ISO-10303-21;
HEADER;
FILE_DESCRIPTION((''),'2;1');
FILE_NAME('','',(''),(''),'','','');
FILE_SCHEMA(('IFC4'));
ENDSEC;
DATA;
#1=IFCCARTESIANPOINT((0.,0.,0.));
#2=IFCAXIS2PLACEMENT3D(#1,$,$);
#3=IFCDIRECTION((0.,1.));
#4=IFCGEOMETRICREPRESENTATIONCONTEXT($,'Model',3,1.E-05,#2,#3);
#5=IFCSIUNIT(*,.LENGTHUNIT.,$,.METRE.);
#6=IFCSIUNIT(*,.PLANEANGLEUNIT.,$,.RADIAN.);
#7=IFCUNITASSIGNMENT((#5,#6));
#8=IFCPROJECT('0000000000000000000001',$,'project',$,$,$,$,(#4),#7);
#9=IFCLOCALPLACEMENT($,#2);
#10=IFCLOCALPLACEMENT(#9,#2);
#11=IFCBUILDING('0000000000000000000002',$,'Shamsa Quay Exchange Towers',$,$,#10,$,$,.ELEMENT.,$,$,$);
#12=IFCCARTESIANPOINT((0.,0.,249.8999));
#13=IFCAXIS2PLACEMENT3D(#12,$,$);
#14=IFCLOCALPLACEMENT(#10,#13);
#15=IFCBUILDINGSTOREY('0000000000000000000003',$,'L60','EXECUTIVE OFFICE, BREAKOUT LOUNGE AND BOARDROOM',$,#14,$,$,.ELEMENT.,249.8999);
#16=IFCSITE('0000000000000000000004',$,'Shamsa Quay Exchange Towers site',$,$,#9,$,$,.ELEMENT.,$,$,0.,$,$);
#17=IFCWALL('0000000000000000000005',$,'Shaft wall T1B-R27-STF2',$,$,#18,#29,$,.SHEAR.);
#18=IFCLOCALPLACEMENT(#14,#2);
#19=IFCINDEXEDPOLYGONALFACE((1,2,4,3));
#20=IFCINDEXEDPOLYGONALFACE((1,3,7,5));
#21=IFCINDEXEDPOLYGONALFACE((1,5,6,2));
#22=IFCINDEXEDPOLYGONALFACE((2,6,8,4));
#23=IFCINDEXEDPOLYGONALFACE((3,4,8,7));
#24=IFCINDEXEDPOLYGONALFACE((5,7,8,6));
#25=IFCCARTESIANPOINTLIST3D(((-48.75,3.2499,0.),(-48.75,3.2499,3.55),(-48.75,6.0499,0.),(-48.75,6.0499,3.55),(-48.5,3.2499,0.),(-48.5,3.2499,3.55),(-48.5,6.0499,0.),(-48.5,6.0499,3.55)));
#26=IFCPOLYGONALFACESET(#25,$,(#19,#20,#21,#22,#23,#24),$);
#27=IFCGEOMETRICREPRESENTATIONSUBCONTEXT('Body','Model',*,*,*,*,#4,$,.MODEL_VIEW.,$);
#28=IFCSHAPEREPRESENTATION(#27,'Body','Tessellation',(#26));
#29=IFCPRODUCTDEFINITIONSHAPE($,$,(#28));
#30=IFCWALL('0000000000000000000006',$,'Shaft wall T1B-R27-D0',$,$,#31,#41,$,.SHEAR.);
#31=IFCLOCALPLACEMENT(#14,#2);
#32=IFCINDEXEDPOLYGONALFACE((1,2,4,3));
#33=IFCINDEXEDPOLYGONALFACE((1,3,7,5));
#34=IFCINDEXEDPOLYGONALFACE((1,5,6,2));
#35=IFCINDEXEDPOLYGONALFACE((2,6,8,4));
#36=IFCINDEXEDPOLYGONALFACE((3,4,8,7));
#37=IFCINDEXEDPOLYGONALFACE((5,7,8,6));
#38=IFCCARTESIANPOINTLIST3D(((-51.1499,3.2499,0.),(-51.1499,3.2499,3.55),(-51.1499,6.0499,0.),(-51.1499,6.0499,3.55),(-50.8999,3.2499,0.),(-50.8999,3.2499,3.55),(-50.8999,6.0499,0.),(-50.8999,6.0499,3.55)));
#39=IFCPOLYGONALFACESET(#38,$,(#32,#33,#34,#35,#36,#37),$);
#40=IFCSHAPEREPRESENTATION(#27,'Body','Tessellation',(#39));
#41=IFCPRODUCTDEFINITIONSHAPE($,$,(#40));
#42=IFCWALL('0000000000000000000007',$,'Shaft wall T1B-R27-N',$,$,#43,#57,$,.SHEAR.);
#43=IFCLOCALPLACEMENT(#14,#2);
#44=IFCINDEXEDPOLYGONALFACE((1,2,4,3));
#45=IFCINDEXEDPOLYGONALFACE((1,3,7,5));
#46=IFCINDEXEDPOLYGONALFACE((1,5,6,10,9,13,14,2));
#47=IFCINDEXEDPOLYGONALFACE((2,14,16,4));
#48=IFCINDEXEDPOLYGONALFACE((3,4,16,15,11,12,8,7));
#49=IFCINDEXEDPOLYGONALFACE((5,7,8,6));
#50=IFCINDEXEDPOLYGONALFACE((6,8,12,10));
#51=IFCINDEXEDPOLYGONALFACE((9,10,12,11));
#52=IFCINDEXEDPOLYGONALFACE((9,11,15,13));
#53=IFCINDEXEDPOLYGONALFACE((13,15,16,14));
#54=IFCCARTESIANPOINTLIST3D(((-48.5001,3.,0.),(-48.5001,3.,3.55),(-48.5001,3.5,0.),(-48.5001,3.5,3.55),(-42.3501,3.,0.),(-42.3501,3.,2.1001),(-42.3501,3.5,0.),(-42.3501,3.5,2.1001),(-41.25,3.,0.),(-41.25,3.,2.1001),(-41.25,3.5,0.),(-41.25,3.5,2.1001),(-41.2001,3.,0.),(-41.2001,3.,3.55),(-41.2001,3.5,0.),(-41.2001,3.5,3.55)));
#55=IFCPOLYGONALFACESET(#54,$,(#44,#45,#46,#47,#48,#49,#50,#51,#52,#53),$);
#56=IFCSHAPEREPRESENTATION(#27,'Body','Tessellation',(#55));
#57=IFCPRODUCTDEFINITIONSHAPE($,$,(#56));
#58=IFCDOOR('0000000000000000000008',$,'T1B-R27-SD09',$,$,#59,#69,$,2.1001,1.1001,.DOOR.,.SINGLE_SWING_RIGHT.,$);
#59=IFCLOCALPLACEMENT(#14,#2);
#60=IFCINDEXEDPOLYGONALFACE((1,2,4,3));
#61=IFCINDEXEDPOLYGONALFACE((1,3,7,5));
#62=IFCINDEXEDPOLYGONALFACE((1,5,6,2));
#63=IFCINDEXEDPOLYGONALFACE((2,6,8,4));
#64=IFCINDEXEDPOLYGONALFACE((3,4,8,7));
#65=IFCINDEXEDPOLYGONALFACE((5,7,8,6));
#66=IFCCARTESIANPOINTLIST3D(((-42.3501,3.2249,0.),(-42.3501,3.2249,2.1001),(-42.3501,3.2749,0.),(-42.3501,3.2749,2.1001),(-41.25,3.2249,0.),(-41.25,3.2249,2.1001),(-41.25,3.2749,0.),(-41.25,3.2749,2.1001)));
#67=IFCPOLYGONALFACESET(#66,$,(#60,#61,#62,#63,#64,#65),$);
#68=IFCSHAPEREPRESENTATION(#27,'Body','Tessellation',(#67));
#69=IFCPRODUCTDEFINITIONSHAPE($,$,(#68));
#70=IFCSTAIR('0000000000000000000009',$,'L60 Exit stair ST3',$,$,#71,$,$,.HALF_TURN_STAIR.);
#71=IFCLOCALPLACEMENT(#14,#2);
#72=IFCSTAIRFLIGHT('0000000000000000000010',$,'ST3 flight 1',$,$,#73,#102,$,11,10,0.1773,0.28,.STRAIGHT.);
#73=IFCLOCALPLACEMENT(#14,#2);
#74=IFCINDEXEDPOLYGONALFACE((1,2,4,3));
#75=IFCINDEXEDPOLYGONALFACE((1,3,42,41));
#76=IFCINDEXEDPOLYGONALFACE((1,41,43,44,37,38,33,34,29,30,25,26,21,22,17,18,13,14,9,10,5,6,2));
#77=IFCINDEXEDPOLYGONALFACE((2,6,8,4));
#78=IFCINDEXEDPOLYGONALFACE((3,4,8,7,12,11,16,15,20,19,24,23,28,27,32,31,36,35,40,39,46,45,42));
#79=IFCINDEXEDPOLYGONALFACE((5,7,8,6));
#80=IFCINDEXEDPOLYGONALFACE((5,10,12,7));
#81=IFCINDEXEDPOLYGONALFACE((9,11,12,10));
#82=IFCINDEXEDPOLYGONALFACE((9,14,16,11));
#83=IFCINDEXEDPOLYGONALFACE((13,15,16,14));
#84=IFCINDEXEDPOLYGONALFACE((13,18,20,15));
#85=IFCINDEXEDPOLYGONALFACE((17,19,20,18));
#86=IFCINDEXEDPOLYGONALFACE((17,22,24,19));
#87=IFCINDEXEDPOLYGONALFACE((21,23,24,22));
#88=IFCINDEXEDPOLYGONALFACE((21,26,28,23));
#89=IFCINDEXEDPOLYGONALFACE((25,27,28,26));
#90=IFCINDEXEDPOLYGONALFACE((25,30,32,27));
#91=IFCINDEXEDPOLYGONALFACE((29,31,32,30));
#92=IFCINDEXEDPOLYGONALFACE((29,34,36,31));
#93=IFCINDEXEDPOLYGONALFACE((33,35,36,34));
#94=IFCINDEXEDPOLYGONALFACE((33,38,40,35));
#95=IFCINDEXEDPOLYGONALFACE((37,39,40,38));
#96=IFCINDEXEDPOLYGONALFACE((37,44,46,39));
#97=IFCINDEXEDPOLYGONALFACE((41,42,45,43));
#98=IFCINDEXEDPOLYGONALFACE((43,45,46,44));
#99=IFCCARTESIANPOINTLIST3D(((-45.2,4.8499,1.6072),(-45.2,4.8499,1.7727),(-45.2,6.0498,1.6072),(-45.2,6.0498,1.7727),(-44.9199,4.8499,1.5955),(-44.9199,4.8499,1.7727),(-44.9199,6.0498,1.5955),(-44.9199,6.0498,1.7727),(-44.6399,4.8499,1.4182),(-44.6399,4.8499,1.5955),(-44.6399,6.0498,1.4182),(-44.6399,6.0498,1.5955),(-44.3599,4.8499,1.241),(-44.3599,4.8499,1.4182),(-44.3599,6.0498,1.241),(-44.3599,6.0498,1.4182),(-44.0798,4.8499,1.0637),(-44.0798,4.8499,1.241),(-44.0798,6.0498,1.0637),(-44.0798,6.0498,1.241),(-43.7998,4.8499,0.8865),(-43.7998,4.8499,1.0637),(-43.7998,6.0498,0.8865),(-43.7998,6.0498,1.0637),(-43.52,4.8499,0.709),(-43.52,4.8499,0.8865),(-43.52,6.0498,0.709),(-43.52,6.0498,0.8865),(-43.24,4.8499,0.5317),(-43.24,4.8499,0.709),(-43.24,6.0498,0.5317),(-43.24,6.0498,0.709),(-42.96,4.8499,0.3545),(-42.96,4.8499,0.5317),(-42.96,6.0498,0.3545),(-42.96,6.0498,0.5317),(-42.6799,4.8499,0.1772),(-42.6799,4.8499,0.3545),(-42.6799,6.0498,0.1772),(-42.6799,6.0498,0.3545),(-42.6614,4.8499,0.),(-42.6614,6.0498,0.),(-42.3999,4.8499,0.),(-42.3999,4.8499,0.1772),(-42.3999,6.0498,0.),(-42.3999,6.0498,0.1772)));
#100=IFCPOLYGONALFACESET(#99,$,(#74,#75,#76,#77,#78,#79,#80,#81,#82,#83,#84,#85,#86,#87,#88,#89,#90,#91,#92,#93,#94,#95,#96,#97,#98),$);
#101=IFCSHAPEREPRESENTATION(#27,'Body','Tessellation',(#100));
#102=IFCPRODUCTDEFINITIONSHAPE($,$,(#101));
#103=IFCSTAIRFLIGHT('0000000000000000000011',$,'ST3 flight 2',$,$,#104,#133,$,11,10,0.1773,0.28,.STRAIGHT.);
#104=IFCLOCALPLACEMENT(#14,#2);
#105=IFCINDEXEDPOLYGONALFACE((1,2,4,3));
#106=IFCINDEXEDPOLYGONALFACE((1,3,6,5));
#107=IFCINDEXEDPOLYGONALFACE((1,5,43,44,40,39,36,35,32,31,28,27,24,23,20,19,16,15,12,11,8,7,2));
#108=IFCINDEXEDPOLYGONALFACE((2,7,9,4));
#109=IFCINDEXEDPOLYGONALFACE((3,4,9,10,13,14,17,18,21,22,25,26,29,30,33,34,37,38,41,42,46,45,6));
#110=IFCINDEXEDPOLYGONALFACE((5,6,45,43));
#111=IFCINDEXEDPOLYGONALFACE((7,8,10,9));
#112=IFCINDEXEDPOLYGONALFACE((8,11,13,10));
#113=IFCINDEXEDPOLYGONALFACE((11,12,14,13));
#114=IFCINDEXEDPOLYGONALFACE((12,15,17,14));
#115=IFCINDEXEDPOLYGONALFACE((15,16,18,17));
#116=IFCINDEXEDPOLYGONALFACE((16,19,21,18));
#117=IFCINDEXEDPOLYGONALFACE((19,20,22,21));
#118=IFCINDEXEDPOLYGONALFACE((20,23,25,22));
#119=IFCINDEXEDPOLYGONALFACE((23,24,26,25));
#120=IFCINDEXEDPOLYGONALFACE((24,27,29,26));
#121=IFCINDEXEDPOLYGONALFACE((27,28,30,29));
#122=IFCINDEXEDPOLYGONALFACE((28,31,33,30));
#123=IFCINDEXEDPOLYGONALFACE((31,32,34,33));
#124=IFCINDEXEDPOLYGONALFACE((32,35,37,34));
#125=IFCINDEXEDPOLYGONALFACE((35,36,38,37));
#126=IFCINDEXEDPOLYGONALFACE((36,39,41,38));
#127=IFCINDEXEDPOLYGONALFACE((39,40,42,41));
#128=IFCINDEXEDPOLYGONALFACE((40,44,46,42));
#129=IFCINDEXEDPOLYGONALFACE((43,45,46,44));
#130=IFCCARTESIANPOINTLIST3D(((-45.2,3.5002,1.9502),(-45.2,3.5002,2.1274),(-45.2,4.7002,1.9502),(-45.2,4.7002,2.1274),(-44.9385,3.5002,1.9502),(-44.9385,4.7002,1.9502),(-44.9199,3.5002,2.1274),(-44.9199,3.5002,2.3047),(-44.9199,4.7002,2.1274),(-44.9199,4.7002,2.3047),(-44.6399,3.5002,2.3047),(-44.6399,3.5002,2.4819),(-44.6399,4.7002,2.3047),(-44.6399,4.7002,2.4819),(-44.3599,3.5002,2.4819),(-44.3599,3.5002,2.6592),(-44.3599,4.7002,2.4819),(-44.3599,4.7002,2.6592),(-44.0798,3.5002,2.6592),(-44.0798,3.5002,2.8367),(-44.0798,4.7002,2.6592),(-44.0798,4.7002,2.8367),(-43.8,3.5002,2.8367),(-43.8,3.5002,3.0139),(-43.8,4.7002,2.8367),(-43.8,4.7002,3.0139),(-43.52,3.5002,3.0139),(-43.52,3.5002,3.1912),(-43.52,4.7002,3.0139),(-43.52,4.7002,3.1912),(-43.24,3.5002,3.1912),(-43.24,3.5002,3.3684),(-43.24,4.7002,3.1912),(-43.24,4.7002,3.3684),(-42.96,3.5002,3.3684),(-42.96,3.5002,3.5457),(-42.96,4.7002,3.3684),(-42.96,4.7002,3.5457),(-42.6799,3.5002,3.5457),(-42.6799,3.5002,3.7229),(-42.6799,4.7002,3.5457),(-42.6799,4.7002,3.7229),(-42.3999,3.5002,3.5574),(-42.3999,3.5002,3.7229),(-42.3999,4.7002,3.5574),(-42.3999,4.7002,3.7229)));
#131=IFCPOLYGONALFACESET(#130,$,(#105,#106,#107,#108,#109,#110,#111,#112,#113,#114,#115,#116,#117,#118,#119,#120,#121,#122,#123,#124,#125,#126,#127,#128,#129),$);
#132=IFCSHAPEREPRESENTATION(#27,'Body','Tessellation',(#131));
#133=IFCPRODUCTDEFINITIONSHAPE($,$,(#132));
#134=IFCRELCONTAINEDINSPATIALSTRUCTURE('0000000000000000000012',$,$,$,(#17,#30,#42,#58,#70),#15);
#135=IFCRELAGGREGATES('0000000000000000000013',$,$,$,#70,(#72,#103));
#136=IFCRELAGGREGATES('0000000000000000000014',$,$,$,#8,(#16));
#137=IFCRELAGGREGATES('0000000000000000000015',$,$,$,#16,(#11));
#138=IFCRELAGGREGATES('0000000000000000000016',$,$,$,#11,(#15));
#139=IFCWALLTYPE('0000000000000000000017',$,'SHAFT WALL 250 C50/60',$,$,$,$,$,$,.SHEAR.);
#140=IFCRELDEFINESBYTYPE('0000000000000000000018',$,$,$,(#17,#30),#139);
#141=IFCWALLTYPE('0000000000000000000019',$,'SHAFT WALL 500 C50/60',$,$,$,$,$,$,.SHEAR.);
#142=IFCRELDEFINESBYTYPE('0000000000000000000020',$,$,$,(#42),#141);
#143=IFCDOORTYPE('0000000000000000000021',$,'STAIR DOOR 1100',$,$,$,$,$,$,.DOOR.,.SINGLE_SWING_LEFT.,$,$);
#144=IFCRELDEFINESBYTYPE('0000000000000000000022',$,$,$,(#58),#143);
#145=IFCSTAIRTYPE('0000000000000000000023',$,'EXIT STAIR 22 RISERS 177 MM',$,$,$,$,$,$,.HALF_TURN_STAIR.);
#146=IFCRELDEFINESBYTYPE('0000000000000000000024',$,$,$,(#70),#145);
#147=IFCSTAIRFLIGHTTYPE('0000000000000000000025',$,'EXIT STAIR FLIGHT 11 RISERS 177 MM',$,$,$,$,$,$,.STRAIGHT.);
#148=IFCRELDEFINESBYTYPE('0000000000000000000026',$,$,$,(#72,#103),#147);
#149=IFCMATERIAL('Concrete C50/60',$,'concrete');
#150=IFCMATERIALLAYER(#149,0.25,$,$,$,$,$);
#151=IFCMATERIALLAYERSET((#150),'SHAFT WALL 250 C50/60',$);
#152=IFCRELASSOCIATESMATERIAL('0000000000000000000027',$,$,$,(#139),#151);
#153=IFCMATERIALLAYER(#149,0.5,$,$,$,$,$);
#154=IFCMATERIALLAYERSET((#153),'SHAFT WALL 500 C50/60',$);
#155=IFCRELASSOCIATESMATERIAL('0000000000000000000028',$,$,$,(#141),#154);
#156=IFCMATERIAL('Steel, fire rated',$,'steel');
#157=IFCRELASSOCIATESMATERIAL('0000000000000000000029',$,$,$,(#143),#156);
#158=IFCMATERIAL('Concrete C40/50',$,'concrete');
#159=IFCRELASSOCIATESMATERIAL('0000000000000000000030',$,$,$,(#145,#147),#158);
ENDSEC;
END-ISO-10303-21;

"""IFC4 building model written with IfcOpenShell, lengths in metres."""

from ifc_helpers import new_model, si_unit, direction, frame, frame_2d, origin, place, context, subcontext, project, spatial, polyline, rectangle, outline, extrude, material, layer, layer_set, type_object, element, fill, aggregate, save


model = new_model("IFC4")

# Units and contexts
model_context = context("Model", 3, precision=1e-05, world=origin(), true_north=direction((0.0, 1.0)))
body_context = subcontext(model_context, "Body", "Model", "MODEL_VIEW")
ifc_project = project(units=[si_unit("LENGTHUNIT", "METRE"), si_unit("PLANEANGLEUNIT", "RADIAN")], contexts=[model_context])

# Site, building, storey
site_placement = place(None, origin())
site = spatial("IfcSite", under=ifc_project, at=site_placement, Name="Shamsa Quay Exchange Towers site", CompositionType="ELEMENT", RefElevation=0.0)
building_placement = place(site_placement, origin())
building = spatial("IfcBuilding", under=site, at=building_placement, Name="Shamsa Quay Exchange Towers", CompositionType="ELEMENT")
storey_placement = place(building_placement, frame((0.0, 0.0, 249.8999)))
storey = spatial("IfcBuildingStorey", under=building, at=storey_placement, Name="L60", Description="EXECUTIVE OFFICE, BREAKOUT LOUNGE AND BOARDROOM", CompositionType="ELEMENT", Elevation=249.8999)

# Shared definitions
ifc_material_1 = material(Name="Concrete C50/60", Category="concrete")
ifc_layer_1 = layer(ifc_material_1, 0.25)
ifc_layer_set_1 = layer_set([ifc_layer_1], Name="SHAFT WALL 250 C50/60")
wall_type_1 = type_object("IfcWallType", Name="SHAFT WALL 250 C50/60", PredefinedType="SHEAR", material=ifc_layer_set_1)
ifc_material_2 = material(Name="Steel, fire rated", Category="steel")

# Walls
for number, where, z_axis, x_axis, name in (
    (1, (-48.625, 3.25, 0.0), (0.0, 0.0, 1.0), (0.0, 1.0, 0.0), "Shaft wall T1B-R27-STF2"),
    (2, (-51.0249, 3.25, 0.0), (0.0, 0.0, 1.0), (0.0, 1.0, 0.0), "Shaft wall T1B-R27-D0"),
):
    element("IfcWall", number, at=place(storey_placement, frame(where, z_axis=z_axis, x_axis=x_axis)), inside=storey, type_object=wall_type_1, Name=name, PredefinedType="SHEAR", context=body_context, shape_type="SweptSolid", body=[
        extrude(rectangle(XDim=2.8, YDim=0.25, at=frame_2d((1.3999, 0.0))), origin(), (0.0, 0.0, 1.0), 3.55),
    ])

# Wall, opening, door
ifc_layer_2 = layer(ifc_material_1, 0.5)
ifc_layer_set_2 = layer_set([ifc_layer_2], Name="SHAFT WALL 500 C50/60")
wall_type_2 = type_object("IfcWallType", Name="SHAFT WALL 500 C50/60", PredefinedType="SHEAR", material=ifc_layer_set_2)
wall_1_placement = place(storey_placement, frame((-48.5, 3.25, 0.0)))
wall_1 = element("IfcWall", 3, at=wall_1_placement, inside=storey, type_object=wall_type_2, Name="Shaft wall T1B-R27-N", PredefinedType="SHEAR", context=body_context, shape_type="SweptSolid", body=[
    extrude(rectangle(XDim=7.3, YDim=0.5, at=frame_2d((3.6499, 0.0))), origin(), (0.0, 0.0, 1.0), 3.55),
])
opening_1_placement = place(wall_1_placement, frame((6.1499, 0.0, 0.0)))
opening_1 = element("IfcOpeningElement", 4, at=opening_1_placement, cuts=wall_1, PredefinedType="OPENING", context=body_context, shape_type="SweptSolid", body=[
    extrude(rectangle(XDim=1.1001, YDim=2.1001, at=frame_2d((0.55, 1.05))), frame((0.0, 0.26, 0.0), z_axis=(0.0, -1.0, 0.0), x_axis=(1.0, 0.0, 0.0)), (0.0, 0.0, 1.0), 0.52),
])
door_type_1 = type_object("IfcDoorType", Name="STAIR DOOR 1100", OperationType="SINGLE_SWING_LEFT", PredefinedType="DOOR", material=ifc_material_2)
door_1_placement = place(opening_1_placement, origin())
door_1 = element("IfcDoor", 5, at=door_1_placement, inside=storey, type_object=door_type_1, Name="T1B-R27-SD09", OperationType="SINGLE_SWING_RIGHT", OverallHeight=2.1001, OverallWidth=1.1001, PredefinedType="DOOR", context=body_context, shape_type="SweptSolid", body=[
    extrude(rectangle(XDim=1.1001, YDim=2.1001, at=frame_2d((0.55, 1.05))), frame((0.0, 0.0249, 0.0), z_axis=(0.0, -1.0, 0.0), x_axis=(1.0, 0.0, 0.0)), (0.0, 0.0, 1.0), 0.05),
])
fill(opening_1, door_1)

# Stair, stair flights
ifc_material_3 = material(Name="Concrete C40/50", Category="concrete")
stair_type = type_object("IfcStairType", Name="EXIT STAIR 22 RISERS 177 MM", PredefinedType="HALF_TURN_STAIR", material=ifc_material_3)
stair_placement = place(storey_placement, origin())
stair = element("IfcStair", 6, at=stair_placement, inside=storey, type_object=stair_type, Name="L60 Exit stair ST3", PredefinedType="HALF_TURN_STAIR")
stair_flight_type = type_object("IfcStairFlightType", Name="EXIT STAIR FLIGHT 11 RISERS 177 MM", PredefinedType="STRAIGHT", material=ifc_material_3)
stair_flight_1_placement = place(storey_placement, frame((-42.3999, 5.45, 0.0), z_axis=(0.0, 0.0, 1.0), x_axis=(-1.0, 0.0, 0.0)))
stair_flight_1 = element("IfcStairFlight", 7, at=stair_flight_1_placement, type_object=stair_flight_type, Name="ST3 flight 1", NumberOfRisers=11, NumberOfTreads=10, PredefinedType="STRAIGHT", RiserHeight=0.1773, TreadLength=0.28, context=body_context, shape_type="SweptSolid", body=[
    extrude(outline(polyline([(0.0, 0.0), (0.0, 0.1772), (0.28, 0.1772), (0.28, 0.3545), (0.5601, 0.3545), (0.5601, 0.5317), (0.8401, 0.5317), (0.8401, 0.709), (1.1201, 0.709), (1.1201, 0.8865), (1.3999, 0.8865), (1.3999, 1.0637), (1.6799, 1.0637), (1.6799, 1.241), (1.96, 1.241), (1.96, 1.4182), (2.24, 1.4182), (2.24, 1.5955), (2.52, 1.5955), (2.52, 1.7727), (2.8, 1.7727), (2.8, 1.95), (2.8, 1.6072), (0.2615, 0.0), (0.0, 0.0)])), frame((0.0, 0.6001, 0.0), z_axis=(0.0, -1.0, 0.0), x_axis=(1.0, 0.0, 0.0)), (0.0, 0.0, 1.0), 1.2),
])
stair_flight_2_placement = place(storey_placement, frame((-45.2, 4.1001, 1.9502)))
stair_flight_2 = element("IfcStairFlight", 8, at=stair_flight_2_placement, type_object=stair_flight_type, Name="ST3 flight 2", NumberOfRisers=11, NumberOfTreads=10, PredefinedType="STRAIGHT", RiserHeight=0.1773, TreadLength=0.28, context=body_context, shape_type="SweptSolid", body=[
    extrude(outline(polyline([(0.0, 0.0), (0.0, 0.1772), (0.28, 0.1772), (0.28, 0.3545), (0.5601, 0.3545), (0.5601, 0.5317), (0.8401, 0.5317), (0.8401, 0.709), (1.1201, 0.709), (1.1201, 0.8865), (1.3999, 0.8865), (1.3999, 1.0637), (1.6799, 1.0637), (1.6799, 1.241), (1.96, 1.241), (1.96, 1.4182), (2.24, 1.4182), (2.24, 1.5955), (2.52, 1.5955), (2.52, 1.7727), (2.8, 1.7727), (2.8, 1.95), (2.8, 1.6072), (0.2615, 0.0), (0.0, 0.0)])), frame((0.0, 0.6001, 0.0), z_axis=(0.0, -1.0, 0.0), x_axis=(1.0, 0.0, 0.0)), (0.0, 0.0, 1.0), 1.2),
])
aggregate(stair, [stair_flight_1, stair_flight_2])

save(model, "model.ifc")
